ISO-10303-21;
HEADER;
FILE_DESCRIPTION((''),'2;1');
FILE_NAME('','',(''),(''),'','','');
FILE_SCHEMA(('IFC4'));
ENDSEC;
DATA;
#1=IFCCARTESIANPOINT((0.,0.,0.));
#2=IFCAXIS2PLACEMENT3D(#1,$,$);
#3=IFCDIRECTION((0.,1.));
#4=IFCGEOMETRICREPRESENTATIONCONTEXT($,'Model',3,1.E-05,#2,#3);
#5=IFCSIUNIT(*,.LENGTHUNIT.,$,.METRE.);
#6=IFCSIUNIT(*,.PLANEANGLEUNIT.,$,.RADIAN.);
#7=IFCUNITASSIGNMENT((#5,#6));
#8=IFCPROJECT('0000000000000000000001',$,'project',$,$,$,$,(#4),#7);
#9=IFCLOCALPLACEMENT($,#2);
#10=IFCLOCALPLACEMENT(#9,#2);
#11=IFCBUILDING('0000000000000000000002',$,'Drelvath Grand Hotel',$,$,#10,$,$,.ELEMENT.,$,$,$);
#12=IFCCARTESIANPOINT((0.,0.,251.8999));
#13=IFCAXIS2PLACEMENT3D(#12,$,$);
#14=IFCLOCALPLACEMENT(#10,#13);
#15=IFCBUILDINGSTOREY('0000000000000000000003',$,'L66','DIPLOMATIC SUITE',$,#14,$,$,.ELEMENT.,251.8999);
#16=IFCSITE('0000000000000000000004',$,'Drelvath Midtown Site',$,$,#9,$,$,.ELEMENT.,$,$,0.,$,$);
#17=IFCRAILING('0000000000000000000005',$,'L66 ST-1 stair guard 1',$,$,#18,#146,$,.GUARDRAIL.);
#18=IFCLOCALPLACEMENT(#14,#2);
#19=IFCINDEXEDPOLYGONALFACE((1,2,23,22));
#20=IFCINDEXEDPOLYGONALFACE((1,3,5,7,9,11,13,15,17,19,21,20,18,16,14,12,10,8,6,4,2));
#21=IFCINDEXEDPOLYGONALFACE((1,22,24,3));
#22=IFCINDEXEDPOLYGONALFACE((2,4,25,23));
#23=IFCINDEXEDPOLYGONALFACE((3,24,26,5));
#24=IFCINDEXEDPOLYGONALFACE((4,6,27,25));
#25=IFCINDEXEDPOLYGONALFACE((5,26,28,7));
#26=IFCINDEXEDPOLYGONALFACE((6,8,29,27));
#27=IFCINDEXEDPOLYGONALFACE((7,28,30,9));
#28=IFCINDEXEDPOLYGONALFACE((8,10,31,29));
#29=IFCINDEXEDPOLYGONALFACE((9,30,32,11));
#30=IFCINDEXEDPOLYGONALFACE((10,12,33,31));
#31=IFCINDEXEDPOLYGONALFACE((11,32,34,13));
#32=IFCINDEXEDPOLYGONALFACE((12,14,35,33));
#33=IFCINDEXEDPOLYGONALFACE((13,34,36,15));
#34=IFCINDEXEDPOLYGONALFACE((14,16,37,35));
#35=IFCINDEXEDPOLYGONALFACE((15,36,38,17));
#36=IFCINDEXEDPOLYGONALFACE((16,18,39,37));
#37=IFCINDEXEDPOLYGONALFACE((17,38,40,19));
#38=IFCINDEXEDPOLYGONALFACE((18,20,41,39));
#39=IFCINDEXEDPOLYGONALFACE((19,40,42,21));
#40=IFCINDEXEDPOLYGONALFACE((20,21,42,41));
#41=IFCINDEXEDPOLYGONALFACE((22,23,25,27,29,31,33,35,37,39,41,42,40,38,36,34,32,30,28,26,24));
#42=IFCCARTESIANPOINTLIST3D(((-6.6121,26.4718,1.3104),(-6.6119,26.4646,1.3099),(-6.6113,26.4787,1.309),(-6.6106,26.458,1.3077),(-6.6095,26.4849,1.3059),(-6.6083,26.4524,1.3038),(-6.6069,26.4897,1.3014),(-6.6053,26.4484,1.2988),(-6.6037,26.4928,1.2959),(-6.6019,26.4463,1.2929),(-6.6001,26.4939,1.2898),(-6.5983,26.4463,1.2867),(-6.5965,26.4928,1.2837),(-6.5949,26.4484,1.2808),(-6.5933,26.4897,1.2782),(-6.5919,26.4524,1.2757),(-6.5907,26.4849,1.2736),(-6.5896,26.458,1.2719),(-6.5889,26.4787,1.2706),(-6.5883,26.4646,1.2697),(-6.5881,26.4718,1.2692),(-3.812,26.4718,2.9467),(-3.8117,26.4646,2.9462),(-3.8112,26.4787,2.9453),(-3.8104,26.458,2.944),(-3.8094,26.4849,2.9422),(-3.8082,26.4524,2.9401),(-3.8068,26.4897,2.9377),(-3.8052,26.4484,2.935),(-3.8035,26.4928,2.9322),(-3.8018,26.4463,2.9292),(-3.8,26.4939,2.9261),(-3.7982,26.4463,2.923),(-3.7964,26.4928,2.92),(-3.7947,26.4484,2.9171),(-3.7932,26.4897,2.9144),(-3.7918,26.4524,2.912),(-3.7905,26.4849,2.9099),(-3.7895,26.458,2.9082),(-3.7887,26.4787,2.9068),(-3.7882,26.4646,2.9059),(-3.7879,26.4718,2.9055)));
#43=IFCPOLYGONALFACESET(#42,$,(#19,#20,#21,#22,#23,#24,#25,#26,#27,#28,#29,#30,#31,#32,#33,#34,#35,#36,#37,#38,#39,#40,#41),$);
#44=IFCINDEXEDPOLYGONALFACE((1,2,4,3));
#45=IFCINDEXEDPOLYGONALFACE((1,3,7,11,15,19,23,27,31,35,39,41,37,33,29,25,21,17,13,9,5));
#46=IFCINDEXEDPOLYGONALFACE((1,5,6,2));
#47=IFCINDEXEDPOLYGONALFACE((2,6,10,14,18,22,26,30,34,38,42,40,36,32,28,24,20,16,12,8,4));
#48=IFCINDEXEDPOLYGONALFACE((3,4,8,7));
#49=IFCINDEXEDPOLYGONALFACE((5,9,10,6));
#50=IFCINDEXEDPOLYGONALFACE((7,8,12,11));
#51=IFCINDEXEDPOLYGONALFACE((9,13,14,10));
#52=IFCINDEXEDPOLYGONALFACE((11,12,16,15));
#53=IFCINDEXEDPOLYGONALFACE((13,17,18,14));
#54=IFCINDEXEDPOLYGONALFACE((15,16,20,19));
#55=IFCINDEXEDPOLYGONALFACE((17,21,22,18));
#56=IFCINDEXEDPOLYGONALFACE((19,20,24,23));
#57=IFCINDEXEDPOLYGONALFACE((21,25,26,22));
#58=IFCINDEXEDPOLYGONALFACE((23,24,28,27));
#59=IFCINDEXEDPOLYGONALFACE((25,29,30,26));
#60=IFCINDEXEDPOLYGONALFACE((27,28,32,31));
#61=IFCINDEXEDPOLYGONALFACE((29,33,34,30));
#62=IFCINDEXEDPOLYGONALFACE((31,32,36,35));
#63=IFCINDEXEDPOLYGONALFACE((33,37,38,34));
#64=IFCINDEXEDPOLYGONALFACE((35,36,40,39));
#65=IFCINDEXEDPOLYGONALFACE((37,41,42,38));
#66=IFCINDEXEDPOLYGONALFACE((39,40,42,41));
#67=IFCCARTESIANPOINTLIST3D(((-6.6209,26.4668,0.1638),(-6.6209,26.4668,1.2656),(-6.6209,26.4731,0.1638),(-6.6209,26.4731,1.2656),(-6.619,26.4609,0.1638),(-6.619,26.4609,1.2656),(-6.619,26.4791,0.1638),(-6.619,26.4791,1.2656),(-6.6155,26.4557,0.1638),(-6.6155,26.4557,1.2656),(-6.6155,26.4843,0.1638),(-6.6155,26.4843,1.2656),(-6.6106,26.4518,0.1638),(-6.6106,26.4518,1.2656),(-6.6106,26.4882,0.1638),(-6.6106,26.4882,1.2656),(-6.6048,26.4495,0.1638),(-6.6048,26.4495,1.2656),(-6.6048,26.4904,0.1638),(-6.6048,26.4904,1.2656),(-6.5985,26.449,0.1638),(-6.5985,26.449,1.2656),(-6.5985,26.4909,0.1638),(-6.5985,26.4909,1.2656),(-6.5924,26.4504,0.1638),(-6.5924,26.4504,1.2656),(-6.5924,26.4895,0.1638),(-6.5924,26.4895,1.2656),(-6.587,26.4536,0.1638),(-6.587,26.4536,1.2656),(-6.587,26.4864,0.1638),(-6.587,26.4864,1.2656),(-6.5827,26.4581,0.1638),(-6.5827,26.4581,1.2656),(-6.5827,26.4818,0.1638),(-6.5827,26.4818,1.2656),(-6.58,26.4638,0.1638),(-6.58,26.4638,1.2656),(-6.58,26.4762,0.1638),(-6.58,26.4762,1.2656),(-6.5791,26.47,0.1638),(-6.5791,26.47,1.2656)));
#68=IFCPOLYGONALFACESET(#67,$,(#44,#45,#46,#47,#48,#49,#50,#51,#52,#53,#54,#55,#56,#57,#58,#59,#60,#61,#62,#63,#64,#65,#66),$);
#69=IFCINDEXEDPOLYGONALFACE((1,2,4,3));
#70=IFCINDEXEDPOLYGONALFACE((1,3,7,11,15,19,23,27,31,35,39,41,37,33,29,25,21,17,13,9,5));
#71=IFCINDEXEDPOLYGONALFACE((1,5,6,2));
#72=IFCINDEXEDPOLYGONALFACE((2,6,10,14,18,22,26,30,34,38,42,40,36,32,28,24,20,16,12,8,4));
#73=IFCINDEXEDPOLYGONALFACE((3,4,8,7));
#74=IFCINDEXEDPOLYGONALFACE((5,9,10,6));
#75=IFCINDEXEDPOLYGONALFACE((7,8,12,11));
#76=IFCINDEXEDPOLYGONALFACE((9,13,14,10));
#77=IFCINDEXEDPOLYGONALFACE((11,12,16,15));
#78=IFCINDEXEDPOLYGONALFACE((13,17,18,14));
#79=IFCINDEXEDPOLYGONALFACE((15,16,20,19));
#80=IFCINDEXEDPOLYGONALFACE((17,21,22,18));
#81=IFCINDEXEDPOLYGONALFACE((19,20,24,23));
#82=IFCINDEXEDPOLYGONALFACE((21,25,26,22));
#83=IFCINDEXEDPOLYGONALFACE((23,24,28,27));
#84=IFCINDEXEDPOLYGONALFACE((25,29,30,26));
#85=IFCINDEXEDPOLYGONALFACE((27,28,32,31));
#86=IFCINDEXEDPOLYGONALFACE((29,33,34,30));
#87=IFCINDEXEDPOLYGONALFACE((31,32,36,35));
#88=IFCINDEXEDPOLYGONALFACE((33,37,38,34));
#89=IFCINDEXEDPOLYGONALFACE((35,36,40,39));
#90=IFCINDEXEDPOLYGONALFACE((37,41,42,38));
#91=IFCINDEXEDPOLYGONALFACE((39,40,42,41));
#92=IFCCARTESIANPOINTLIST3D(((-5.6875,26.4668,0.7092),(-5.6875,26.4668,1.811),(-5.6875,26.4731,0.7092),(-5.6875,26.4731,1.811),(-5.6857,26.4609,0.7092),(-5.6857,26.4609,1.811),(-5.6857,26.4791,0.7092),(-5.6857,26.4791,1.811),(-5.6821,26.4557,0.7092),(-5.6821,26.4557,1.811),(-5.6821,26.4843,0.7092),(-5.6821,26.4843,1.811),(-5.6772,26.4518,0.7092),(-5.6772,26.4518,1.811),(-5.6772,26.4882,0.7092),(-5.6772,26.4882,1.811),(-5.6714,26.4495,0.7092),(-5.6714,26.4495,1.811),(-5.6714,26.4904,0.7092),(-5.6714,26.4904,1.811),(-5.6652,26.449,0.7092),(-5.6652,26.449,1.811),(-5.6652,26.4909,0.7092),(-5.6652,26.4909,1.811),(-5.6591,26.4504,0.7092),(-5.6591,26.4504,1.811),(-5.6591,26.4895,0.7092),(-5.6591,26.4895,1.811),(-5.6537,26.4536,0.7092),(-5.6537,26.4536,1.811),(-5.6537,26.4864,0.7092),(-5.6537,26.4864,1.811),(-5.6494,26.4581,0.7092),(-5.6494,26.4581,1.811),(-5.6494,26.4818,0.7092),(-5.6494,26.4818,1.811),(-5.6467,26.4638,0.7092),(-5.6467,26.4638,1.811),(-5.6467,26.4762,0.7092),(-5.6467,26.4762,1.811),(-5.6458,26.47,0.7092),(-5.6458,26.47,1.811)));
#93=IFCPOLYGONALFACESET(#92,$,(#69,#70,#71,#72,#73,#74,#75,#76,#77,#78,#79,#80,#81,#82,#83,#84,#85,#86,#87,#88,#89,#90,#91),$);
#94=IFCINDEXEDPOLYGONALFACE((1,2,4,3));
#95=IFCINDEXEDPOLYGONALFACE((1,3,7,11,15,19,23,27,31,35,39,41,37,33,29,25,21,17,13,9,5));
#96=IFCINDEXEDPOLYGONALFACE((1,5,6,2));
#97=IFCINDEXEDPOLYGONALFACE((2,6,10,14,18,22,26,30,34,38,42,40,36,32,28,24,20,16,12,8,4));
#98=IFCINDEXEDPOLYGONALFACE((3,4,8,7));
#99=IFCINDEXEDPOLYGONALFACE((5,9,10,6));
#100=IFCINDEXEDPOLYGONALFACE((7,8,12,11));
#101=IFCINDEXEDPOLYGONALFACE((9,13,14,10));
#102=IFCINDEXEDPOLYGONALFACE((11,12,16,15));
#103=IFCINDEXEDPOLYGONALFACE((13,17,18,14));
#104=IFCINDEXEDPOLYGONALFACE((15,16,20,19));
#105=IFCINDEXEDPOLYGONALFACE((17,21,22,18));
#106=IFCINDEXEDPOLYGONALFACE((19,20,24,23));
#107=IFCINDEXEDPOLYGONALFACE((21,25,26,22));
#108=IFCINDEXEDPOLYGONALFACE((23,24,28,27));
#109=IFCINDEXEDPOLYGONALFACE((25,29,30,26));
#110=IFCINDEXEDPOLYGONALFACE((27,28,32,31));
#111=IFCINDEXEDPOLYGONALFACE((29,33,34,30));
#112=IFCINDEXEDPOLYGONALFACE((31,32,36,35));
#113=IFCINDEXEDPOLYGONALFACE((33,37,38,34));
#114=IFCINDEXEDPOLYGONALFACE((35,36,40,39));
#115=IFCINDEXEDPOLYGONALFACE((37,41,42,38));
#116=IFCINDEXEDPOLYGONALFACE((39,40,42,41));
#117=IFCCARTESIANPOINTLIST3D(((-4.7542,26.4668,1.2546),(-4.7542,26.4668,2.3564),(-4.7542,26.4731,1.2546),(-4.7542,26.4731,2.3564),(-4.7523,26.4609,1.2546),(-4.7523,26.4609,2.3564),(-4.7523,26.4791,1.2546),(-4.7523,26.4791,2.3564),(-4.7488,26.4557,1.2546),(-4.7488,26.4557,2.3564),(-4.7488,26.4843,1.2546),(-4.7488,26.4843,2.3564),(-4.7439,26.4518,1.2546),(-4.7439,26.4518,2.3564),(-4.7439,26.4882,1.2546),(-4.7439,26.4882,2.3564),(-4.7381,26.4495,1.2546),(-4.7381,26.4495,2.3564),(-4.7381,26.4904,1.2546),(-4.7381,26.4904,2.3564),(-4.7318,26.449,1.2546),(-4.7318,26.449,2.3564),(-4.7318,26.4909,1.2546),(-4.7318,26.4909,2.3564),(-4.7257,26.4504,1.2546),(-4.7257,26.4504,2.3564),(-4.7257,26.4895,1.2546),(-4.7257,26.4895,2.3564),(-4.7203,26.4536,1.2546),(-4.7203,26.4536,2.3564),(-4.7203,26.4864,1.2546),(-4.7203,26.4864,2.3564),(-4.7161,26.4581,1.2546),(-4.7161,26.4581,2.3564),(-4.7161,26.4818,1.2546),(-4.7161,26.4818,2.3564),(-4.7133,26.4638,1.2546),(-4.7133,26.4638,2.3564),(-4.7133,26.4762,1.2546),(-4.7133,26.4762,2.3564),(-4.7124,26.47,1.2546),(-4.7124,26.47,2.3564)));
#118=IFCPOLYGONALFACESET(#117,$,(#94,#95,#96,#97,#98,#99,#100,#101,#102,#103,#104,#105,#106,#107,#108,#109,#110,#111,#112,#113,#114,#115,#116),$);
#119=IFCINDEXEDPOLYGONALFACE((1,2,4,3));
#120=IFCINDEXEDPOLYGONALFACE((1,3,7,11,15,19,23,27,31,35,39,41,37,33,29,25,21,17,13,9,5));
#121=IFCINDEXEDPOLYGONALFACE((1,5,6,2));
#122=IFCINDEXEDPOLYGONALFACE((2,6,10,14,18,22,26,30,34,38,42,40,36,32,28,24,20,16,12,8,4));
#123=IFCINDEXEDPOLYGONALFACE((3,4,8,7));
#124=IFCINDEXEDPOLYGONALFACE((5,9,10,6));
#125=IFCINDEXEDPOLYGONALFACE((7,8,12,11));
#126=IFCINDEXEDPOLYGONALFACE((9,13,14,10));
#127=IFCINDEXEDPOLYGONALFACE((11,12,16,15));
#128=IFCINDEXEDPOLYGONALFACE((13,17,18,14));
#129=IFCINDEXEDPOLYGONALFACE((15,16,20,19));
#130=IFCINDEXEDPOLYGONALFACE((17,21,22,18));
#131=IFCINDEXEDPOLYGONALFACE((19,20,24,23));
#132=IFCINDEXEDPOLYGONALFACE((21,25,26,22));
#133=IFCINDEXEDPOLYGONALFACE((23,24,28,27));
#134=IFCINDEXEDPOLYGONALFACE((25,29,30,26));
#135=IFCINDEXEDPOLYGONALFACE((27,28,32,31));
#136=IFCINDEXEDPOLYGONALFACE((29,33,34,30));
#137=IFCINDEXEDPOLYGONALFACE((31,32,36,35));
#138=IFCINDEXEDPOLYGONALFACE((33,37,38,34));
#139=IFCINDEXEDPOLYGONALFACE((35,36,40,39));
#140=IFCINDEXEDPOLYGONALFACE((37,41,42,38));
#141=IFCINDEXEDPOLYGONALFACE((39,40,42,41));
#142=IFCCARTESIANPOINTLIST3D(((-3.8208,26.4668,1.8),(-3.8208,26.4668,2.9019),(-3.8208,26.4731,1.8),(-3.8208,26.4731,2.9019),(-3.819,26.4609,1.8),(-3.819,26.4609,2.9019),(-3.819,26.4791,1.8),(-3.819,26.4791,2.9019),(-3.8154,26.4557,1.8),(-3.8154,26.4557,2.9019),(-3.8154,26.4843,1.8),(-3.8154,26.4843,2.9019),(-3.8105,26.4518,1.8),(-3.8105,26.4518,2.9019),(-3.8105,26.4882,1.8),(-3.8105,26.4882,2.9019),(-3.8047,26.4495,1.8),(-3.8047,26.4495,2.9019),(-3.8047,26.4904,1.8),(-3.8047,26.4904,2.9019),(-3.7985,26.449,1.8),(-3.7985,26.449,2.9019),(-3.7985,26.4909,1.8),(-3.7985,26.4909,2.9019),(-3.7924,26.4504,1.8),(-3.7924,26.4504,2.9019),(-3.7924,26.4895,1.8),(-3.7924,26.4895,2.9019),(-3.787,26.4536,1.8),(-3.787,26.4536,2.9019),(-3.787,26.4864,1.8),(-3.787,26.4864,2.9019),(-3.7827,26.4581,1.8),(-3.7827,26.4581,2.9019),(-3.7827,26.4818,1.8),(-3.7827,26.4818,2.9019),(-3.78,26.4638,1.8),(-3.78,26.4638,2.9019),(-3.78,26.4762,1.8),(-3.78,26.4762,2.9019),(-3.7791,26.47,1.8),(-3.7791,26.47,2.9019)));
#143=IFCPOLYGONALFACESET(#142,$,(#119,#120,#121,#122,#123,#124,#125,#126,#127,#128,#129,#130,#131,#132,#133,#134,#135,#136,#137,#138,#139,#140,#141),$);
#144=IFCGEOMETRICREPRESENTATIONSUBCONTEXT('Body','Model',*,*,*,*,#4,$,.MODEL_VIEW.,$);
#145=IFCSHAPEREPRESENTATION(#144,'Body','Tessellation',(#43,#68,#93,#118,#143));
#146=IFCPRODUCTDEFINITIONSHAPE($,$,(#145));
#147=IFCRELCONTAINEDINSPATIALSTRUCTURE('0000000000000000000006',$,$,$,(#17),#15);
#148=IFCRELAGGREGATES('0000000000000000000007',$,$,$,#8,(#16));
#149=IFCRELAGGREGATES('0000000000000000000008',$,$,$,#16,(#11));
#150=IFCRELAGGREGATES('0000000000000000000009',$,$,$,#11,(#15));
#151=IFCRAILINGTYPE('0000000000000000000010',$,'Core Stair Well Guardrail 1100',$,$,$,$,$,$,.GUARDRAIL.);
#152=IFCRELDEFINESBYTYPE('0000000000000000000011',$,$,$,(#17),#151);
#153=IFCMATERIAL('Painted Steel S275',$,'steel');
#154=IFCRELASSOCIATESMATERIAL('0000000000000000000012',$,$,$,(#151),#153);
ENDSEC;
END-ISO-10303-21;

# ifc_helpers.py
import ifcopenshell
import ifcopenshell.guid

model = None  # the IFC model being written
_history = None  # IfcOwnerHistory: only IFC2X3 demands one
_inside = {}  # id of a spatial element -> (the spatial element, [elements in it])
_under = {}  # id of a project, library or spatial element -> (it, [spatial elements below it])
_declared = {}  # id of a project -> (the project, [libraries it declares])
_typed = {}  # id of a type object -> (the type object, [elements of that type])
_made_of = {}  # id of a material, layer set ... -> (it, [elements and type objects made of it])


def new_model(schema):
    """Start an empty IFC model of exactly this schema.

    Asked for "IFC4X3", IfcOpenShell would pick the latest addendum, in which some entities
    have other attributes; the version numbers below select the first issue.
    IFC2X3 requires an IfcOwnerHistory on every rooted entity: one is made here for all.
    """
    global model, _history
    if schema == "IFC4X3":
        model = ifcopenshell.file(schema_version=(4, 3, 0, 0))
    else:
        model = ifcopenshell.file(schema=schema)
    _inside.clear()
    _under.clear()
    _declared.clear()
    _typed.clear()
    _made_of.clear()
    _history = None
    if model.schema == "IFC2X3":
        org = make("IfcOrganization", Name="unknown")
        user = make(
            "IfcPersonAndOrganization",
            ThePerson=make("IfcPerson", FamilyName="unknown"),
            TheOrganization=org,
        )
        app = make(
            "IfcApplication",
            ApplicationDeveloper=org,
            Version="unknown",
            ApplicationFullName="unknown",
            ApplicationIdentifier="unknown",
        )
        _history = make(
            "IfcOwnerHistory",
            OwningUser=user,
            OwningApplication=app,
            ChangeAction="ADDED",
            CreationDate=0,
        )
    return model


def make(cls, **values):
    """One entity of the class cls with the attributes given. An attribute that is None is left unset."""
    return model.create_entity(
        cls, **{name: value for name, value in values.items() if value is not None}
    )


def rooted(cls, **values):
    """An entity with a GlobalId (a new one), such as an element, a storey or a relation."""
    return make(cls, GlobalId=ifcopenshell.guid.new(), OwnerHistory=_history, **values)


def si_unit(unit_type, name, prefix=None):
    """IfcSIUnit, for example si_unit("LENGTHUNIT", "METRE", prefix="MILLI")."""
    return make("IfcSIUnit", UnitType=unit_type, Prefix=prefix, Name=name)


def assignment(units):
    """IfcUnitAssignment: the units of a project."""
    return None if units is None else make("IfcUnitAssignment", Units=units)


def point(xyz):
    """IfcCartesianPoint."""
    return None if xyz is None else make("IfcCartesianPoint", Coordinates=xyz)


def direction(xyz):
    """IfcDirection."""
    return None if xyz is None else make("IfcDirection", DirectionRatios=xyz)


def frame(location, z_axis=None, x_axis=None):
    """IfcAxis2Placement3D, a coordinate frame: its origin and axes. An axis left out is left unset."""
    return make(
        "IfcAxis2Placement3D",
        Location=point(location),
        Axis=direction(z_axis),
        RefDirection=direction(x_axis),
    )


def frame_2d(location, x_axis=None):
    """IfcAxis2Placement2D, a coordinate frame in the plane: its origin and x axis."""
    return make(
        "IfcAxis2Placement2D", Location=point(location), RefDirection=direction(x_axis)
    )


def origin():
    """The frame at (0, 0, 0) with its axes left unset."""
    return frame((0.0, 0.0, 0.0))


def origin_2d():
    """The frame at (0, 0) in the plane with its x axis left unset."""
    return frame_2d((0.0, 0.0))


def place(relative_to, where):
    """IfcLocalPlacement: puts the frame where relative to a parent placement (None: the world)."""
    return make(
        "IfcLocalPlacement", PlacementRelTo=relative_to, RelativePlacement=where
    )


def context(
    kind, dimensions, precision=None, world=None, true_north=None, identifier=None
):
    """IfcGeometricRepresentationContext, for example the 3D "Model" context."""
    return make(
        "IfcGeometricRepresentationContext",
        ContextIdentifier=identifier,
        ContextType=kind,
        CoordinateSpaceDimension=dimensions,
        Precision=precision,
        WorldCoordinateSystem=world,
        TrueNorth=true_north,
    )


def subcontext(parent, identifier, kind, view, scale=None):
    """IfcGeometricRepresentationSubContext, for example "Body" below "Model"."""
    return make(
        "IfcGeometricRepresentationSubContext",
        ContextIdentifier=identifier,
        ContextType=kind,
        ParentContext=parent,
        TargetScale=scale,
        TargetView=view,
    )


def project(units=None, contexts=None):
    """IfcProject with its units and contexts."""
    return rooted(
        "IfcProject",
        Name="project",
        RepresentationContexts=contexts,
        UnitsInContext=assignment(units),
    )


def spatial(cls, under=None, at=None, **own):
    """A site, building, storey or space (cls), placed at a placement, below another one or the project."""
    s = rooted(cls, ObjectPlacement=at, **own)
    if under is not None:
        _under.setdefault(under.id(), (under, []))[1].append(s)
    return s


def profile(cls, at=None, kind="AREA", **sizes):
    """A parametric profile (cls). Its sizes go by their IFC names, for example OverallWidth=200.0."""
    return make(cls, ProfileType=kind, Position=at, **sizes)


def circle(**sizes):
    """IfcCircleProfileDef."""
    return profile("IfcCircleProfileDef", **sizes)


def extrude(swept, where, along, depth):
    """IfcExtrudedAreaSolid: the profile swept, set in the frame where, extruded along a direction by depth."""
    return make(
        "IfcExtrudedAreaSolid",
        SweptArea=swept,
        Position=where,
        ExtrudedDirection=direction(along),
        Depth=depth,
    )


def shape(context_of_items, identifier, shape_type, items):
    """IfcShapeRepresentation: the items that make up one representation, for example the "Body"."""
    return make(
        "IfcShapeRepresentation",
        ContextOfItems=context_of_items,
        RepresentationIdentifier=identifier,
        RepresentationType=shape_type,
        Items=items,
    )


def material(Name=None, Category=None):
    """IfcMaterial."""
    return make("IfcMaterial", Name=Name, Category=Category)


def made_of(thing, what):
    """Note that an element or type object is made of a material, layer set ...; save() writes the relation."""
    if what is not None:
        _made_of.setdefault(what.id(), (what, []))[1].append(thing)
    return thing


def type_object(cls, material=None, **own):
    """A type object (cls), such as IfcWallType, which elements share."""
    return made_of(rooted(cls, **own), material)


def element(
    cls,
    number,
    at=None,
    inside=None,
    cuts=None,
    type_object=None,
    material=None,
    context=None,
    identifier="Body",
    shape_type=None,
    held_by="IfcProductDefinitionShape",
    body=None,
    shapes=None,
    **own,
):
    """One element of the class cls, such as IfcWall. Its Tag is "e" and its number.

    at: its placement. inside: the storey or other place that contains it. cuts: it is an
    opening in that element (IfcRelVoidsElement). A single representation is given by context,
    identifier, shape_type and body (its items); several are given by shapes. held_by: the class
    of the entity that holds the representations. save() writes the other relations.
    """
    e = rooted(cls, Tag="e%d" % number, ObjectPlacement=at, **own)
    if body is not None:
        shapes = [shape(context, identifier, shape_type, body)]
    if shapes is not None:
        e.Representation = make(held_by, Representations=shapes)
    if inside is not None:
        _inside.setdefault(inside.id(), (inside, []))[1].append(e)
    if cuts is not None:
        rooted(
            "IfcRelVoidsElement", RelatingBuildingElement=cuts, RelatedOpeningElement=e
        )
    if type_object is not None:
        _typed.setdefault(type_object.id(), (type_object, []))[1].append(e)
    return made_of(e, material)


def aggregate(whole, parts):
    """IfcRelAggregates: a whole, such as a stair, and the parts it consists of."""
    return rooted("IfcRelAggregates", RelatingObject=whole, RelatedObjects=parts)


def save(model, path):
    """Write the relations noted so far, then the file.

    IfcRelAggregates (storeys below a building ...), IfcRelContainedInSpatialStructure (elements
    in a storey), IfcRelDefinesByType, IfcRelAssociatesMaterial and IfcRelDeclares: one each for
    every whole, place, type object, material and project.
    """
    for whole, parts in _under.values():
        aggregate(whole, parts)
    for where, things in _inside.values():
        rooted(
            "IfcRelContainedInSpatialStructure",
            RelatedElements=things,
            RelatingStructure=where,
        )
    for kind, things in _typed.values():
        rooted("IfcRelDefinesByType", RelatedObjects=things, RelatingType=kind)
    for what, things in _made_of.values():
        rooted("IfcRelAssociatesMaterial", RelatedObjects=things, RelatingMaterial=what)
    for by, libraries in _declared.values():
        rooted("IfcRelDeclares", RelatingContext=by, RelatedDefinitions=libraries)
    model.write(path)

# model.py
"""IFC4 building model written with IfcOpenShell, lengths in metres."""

from ifc_helpers import new_model, si_unit, direction, frame, origin, origin_2d, place, context, subcontext, project, spatial, circle, extrude, material, type_object, element, save


model = new_model("IFC4")

# Units and contexts
model_context = context("Model", 3, precision=1e-05, world=origin(), true_north=direction((0.0, 1.0)))
body_context = subcontext(model_context, "Body", "Model", "MODEL_VIEW")
ifc_project = project(units=[si_unit("LENGTHUNIT", "METRE"), si_unit("PLANEANGLEUNIT", "RADIAN")], contexts=[model_context])

# Site, building, storey
site_placement = place(None, origin())
site = spatial("IfcSite", under=ifc_project, at=site_placement, Name="Drelvath Midtown Site", CompositionType="ELEMENT", RefElevation=0.0)
building_placement = place(site_placement, origin())
building = spatial("IfcBuilding", under=site, at=building_placement, Name="Drelvath Grand Hotel", CompositionType="ELEMENT")
storey_placement = place(building_placement, frame((0.0, 0.0, 251.8999)))
storey = spatial("IfcBuildingStorey", under=building, at=storey_placement, Name="L66", Description="DIPLOMATIC SUITE", CompositionType="ELEMENT", Elevation=251.8999)

# Shared definitions
ifc_material_1 = material(Name="Painted Steel S275", Category="steel")

# Railing
railing_type_1 = type_object("IfcRailingType", Name="Core Stair Well Guardrail 1100", PredefinedType="GUARDRAIL", material=ifc_material_1)
railing_1_placement = place(storey_placement, frame((-6.6001, 26.47, 0.1638)))
element("IfcRailing", 1, at=railing_1_placement, inside=storey, type_object=railing_type_1, Name="L66 ST-1 stair guard 1", PredefinedType="GUARDRAIL", context=body_context, shape_type="SweptSolid", body=[
    extrude(circle(Radius=0.0239, at=origin_2d()), frame((0.0, 0.0, 1.126), z_axis=(0.863394, 0.0, 0.504531), x_axis=(0.0, 1.0, 0.0)), (0.0, 0.0, 1.0), 3.2432),
    extrude(circle(Radius=0.021, at=origin_2d()), origin(), (0.0, 0.0, 1.0), 1.1018),
    extrude(circle(Radius=0.021, at=origin_2d()), frame((0.9333, 0.0, 0.5454)), (0.0, 0.0, 1.0), 1.1018),
    extrude(circle(Radius=0.021, at=origin_2d()), frame((1.8667, 0.0, 1.0908)), (0.0, 0.0, 1.0), 1.1018),
    extrude(circle(Radius=0.021, at=origin_2d()), frame((2.8, 0.0, 1.6362)), (0.0, 0.0, 1.0), 1.1018),
])

save(model, "model.ifc")
